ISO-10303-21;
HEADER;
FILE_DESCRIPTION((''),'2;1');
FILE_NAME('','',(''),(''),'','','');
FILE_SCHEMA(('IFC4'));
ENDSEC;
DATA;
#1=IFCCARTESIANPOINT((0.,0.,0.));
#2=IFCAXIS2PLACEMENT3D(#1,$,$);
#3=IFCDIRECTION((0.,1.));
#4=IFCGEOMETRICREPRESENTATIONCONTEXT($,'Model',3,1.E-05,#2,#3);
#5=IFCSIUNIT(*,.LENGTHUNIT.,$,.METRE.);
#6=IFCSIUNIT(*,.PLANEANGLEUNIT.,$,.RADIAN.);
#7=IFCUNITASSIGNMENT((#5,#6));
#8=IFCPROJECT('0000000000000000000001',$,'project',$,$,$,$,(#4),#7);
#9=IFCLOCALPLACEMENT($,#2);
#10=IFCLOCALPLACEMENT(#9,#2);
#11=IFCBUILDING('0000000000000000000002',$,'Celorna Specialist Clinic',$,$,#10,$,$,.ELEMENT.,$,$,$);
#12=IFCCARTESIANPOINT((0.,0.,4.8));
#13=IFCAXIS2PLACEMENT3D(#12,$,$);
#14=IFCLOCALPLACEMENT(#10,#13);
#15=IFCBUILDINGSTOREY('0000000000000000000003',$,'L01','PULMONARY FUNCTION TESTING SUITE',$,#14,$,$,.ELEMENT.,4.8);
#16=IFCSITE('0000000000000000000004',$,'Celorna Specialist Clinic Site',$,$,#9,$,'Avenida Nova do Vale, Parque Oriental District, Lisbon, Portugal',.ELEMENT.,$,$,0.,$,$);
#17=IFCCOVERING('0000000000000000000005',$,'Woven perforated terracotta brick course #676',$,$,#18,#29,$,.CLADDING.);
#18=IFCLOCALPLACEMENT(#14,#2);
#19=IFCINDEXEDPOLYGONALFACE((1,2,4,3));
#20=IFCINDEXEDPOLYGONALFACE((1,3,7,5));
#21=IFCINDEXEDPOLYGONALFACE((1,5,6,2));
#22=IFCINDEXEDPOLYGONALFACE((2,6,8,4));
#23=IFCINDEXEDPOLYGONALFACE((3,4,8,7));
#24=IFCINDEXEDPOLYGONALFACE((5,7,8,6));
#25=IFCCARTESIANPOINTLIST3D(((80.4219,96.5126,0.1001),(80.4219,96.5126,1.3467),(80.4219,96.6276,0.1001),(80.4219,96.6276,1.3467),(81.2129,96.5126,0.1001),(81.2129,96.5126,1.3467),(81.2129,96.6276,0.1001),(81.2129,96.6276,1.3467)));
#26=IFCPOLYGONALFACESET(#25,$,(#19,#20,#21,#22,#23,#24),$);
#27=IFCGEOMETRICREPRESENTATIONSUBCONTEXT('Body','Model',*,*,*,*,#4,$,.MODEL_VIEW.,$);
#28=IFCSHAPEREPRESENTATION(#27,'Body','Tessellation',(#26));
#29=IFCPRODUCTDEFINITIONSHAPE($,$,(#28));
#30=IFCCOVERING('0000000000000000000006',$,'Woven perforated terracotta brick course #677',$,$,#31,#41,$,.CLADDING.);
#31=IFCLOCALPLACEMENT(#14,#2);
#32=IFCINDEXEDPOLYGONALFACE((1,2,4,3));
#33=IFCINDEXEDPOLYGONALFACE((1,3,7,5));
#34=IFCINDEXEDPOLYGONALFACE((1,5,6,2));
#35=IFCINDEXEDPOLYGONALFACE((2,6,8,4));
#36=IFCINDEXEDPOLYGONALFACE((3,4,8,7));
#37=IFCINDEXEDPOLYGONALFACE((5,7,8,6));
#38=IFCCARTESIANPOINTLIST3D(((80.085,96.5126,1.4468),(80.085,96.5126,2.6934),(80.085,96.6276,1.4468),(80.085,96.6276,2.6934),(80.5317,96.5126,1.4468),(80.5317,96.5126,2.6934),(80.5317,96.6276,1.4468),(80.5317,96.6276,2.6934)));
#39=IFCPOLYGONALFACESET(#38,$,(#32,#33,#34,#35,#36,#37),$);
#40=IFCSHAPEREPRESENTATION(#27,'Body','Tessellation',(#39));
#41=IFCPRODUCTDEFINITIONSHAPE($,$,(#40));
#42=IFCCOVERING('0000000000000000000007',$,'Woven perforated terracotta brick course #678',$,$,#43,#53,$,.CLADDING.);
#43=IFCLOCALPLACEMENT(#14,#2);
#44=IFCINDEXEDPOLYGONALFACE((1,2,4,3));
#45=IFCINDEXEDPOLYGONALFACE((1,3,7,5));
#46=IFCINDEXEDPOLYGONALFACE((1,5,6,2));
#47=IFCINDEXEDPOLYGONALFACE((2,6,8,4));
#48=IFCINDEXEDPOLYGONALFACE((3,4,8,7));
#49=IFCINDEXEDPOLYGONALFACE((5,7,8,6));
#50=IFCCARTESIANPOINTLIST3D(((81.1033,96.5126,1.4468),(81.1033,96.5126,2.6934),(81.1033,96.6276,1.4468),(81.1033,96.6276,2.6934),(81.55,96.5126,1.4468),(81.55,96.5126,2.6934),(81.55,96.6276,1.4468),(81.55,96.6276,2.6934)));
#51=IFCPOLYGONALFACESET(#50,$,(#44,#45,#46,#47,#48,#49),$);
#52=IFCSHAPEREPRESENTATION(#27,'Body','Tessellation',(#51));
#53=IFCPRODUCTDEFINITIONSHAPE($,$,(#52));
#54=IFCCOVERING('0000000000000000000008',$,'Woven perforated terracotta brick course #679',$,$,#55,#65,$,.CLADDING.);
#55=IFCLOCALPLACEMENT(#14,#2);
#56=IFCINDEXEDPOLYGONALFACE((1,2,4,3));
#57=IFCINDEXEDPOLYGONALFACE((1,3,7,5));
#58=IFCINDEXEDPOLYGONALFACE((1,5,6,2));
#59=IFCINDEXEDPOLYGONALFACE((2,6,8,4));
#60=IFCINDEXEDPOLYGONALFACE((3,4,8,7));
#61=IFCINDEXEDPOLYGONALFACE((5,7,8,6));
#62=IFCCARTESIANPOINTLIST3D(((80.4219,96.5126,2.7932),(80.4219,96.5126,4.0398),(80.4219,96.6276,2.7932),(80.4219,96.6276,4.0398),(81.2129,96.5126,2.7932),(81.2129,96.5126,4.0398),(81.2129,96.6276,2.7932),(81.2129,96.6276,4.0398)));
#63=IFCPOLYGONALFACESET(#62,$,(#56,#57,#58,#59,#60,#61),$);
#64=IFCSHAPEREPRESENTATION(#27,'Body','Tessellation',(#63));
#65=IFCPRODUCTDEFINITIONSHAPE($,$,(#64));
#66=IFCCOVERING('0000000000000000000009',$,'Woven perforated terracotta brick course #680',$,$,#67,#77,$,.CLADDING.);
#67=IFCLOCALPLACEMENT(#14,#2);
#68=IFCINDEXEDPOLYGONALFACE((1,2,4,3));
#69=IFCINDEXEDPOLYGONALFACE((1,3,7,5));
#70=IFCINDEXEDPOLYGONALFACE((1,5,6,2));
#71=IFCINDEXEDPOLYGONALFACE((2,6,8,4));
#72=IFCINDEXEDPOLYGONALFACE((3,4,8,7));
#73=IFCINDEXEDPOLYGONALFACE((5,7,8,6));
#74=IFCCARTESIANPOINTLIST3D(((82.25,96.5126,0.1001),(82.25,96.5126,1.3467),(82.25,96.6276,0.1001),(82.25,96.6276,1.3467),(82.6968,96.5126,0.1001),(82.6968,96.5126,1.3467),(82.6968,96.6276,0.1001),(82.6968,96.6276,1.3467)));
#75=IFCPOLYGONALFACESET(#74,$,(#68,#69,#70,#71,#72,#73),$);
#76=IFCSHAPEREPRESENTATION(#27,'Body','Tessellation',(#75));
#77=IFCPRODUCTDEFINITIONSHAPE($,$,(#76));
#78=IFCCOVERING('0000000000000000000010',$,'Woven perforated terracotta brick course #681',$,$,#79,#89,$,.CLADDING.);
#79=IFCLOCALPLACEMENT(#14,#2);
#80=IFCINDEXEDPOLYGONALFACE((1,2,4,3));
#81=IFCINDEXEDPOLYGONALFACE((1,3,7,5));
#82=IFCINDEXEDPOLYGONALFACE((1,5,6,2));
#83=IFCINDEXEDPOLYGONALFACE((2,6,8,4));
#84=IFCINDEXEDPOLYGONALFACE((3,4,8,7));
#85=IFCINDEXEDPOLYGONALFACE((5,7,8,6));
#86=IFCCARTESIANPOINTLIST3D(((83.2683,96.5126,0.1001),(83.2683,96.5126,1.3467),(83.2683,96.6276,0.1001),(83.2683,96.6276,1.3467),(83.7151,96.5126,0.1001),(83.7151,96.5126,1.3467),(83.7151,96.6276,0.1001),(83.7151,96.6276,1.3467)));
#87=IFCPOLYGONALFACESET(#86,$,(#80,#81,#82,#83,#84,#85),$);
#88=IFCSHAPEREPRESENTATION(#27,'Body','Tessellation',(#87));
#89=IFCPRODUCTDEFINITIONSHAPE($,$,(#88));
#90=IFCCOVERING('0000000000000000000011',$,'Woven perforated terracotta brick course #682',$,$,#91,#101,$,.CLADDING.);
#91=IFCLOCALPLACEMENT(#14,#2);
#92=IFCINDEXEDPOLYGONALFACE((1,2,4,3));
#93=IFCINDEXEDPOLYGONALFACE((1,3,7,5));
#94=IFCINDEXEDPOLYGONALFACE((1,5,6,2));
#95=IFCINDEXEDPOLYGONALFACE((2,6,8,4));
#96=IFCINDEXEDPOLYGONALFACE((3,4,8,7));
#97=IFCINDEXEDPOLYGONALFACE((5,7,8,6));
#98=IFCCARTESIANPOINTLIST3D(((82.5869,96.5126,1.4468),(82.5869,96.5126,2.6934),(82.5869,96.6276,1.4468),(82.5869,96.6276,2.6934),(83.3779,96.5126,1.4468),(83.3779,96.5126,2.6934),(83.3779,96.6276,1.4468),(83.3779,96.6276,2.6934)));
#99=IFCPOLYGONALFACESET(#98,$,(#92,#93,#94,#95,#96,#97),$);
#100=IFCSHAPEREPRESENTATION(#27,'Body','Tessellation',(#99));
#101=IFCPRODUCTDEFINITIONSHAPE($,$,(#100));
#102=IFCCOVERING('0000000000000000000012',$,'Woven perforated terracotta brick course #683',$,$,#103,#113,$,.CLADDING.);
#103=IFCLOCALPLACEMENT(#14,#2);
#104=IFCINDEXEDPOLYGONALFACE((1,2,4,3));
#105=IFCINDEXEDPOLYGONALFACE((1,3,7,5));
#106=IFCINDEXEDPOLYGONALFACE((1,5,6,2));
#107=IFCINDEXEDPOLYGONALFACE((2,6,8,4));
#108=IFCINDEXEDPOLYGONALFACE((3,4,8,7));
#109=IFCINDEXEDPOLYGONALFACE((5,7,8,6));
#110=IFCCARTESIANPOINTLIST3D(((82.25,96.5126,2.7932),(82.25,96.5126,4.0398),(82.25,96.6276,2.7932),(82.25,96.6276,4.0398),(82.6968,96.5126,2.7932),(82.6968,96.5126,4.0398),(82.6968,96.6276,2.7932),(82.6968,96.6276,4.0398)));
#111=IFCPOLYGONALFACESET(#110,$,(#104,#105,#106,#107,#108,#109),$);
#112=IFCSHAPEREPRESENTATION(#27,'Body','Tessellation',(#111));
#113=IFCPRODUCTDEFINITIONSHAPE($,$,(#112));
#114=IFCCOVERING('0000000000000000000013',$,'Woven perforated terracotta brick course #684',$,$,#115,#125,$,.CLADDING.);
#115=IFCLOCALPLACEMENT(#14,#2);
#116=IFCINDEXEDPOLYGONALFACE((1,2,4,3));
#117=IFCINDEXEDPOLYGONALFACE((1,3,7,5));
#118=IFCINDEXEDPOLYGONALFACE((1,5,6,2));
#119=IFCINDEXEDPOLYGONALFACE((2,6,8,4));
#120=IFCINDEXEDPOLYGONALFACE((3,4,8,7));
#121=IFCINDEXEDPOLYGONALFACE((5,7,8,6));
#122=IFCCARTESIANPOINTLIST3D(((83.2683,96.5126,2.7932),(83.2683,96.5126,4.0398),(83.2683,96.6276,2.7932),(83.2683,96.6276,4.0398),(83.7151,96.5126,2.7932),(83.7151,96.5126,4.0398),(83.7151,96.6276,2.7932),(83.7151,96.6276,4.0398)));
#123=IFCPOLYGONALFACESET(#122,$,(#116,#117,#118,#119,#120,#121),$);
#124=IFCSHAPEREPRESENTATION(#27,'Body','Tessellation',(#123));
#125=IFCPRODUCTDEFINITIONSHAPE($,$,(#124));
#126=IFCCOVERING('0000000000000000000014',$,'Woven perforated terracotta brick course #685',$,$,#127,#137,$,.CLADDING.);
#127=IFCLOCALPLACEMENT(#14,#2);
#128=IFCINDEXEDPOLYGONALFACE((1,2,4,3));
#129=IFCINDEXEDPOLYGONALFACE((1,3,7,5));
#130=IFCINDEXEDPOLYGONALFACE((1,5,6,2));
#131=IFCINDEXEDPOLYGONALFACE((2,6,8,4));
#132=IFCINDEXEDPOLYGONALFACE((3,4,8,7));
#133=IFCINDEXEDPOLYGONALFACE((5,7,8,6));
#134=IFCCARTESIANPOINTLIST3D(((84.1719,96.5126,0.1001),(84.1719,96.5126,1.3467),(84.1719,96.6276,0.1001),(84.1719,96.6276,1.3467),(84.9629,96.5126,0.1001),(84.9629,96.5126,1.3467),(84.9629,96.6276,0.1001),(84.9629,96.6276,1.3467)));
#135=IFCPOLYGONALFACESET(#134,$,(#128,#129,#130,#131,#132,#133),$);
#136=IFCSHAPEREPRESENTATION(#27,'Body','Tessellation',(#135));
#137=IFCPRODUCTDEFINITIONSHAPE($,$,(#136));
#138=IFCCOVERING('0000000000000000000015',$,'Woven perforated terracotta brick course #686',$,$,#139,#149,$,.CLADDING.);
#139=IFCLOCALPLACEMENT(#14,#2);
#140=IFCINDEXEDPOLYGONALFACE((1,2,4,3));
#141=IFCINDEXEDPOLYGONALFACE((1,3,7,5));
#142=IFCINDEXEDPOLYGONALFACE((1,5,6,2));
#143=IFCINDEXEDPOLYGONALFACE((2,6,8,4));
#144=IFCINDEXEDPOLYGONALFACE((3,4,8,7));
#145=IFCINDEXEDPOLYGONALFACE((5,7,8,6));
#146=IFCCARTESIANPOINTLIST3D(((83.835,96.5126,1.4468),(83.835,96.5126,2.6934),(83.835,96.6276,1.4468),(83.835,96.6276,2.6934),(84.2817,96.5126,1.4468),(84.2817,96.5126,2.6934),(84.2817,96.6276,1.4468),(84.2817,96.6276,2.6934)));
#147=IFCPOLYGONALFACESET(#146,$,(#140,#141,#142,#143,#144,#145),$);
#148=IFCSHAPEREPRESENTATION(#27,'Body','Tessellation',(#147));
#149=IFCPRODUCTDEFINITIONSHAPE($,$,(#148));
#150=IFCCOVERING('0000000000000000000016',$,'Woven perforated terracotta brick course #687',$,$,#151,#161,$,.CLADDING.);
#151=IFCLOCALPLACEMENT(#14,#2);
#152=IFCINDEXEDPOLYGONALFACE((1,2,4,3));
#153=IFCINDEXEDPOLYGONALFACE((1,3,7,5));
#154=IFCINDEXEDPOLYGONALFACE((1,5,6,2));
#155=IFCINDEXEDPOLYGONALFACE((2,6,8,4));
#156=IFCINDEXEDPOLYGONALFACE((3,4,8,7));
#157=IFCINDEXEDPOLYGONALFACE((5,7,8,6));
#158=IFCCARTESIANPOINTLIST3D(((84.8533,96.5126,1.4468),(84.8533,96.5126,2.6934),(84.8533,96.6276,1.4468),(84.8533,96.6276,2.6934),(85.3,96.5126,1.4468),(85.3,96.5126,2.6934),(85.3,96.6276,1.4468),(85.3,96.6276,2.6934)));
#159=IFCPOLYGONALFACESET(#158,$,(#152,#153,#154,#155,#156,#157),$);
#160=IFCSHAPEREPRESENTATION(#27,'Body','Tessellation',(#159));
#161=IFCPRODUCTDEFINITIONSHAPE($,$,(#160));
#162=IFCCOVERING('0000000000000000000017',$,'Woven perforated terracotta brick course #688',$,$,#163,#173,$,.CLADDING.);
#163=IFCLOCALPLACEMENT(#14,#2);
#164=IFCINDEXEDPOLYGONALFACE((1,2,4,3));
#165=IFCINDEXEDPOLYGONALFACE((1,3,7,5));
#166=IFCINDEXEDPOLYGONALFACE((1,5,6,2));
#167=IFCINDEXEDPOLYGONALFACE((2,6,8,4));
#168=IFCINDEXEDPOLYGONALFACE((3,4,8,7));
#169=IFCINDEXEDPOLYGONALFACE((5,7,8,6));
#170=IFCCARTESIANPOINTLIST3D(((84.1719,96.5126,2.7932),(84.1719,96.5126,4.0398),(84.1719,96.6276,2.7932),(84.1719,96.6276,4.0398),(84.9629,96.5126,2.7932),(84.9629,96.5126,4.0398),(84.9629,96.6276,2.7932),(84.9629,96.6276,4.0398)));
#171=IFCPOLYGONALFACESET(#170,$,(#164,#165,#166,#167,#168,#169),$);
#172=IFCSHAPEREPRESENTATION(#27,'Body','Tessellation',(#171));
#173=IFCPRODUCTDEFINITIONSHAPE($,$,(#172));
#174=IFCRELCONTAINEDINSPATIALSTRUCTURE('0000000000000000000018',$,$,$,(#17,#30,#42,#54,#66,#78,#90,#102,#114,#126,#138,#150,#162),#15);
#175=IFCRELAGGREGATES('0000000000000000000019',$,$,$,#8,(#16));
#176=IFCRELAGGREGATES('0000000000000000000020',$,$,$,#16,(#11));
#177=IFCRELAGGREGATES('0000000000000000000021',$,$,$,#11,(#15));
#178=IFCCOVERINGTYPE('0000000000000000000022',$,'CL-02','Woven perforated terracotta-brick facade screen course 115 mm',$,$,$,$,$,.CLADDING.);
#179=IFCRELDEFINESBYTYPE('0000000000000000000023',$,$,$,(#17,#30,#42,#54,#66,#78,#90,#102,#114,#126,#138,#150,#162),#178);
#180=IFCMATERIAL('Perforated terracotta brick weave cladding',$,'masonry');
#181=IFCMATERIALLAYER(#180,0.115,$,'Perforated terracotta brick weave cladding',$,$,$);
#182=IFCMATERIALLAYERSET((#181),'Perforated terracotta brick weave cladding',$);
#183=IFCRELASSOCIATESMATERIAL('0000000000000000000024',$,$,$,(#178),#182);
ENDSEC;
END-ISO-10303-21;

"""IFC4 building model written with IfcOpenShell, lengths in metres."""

from ifc_helpers import new_model, si_unit, direction, frame, origin, origin_2d, place, context, subcontext, project, spatial, rectangle, extrude, material, layer, layer_set, type_object, element, save


model = new_model("IFC4")

# Units and contexts
model_context = context("Model", 3, precision=1e-05, world=origin(), true_north=direction((0.0, 1.0)))
body_context = subcontext(model_context, "Body", "Model", "MODEL_VIEW")
ifc_project = project(units=[si_unit("LENGTHUNIT", "METRE"), si_unit("PLANEANGLEUNIT", "RADIAN")], contexts=[model_context])

# Site, building, storey
site_placement = place(None, origin())
site = spatial("IfcSite", under=ifc_project, at=site_placement, Name="Celorna Specialist Clinic Site", LongName="Avenida Nova do Vale, Parque Oriental District, Lisbon, Portugal", CompositionType="ELEMENT", RefElevation=0.0)
building_placement = place(site_placement, origin())
building = spatial("IfcBuilding", under=site, at=building_placement, Name="Celorna Specialist Clinic", CompositionType="ELEMENT")
storey_placement = place(building_placement, frame((0.0, 0.0, 4.8)))
storey = spatial("IfcBuildingStorey", under=building, at=storey_placement, Name="L01", Description="PULMONARY FUNCTION TESTING SUITE", CompositionType="ELEMENT", Elevation=4.8)

# Coverings
ifc_material_1 = material(Name="Perforated terracotta brick weave cladding", Category="masonry")
ifc_layer_1 = layer(ifc_material_1, 0.115, Name="Perforated terracotta brick weave cladding")
ifc_layer_set_1 = layer_set([ifc_layer_1], Name="Perforated terracotta brick weave cladding")
covering_type = type_object("IfcCoveringType", Name="CL-02", Description="Woven perforated terracotta-brick facade screen course 115 mm", PredefinedType="CLADDING", material=ifc_layer_set_1)
covering_1_placement = place(storey_placement, frame((80.8174, 96.5701, 0.1001), z_axis=(0.0, 0.0, 1.0), x_axis=(1.0, 0.0, 0.0)))
element("IfcCovering", 1, at=covering_1_placement, inside=storey, type_object=covering_type, Name="Woven perforated terracotta brick course #676", PredefinedType="CLADDING", context=body_context, shape_type="SweptSolid", body=[
    extrude(rectangle(XDim=0.791, YDim=0.115, at=origin_2d()), origin(), (0.0, 0.0, 1.0), 1.2466),
])
for number, where, z_axis, x_axis, name in (
    (2, (80.3083, 96.5701, 1.4468), (0.0, 0.0, 1.0), (1.0, 0.0, 0.0), "Woven perforated terracotta brick course #677"),
    (3, (81.3267, 96.5701, 1.4468), (0.0, 0.0, 1.0), (1.0, 0.0, 0.0), "Woven perforated terracotta brick course #678"),
):
    element("IfcCovering", number, at=place(storey_placement, frame(where, z_axis=z_axis, x_axis=x_axis)), inside=storey, type_object=covering_type, Name=name, PredefinedType="CLADDING", context=body_context, shape_type="SweptSolid", body=[
        extrude(rectangle(XDim=0.4468, YDim=0.115, at=origin_2d()), origin(), (0.0, 0.0, 1.0), 1.2466),
    ])
covering_2_placement = place(storey_placement, frame((80.8174, 96.5701, 2.7932), z_axis=(0.0, 0.0, 1.0), x_axis=(1.0, 0.0, 0.0)))
element("IfcCovering", 4, at=covering_2_placement, inside=storey, type_object=covering_type, Name="Woven perforated terracotta brick course #679", PredefinedType="CLADDING", context=body_context, shape_type="SweptSolid", body=[
    extrude(rectangle(XDim=0.791, YDim=0.115, at=origin_2d()), origin(), (0.0, 0.0, 1.0), 1.2466),
])
for number, where, z_axis, x_axis, name in (
    (5, (82.4734, 96.5701, 0.1001), (0.0, 0.0, 1.0), (1.0, 0.0, 0.0), "Woven perforated terracotta brick course #680"),
    (6, (83.4917, 96.5701, 0.1001), (0.0, 0.0, 1.0), (1.0, 0.0, 0.0), "Woven perforated terracotta brick course #681"),
):
    element("IfcCovering", number, at=place(storey_placement, frame(where, z_axis=z_axis, x_axis=x_axis)), inside=storey, type_object=covering_type, Name=name, PredefinedType="CLADDING", context=body_context, shape_type="SweptSolid", body=[
        extrude(rectangle(XDim=0.4468, YDim=0.115, at=origin_2d()), origin(), (0.0, 0.0, 1.0), 1.2466),
    ])
covering_3_placement = place(storey_placement, frame((82.9824, 96.5701, 1.4468), z_axis=(0.0, 0.0, 1.0), x_axis=(1.0, 0.0, 0.0)))
element("IfcCovering", 7, at=covering_3_placement, inside=storey, type_object=covering_type, Name="Woven perforated terracotta brick course #682", PredefinedType="CLADDING", context=body_context, shape_type="SweptSolid", body=[
    extrude(rectangle(XDim=0.791, YDim=0.115, at=origin_2d()), origin(), (0.0, 0.0, 1.0), 1.2466),
])
for number, where, z_axis, x_axis, name in (
    (8, (82.4734, 96.5701, 2.7932), (0.0, 0.0, 1.0), (1.0, 0.0, 0.0), "Woven perforated terracotta brick course #683"),
    (9, (83.4917, 96.5701, 2.7932), (0.0, 0.0, 1.0), (1.0, 0.0, 0.0), "Woven perforated terracotta brick course #684"),
):
    element("IfcCovering", number, at=place(storey_placement, frame(where, z_axis=z_axis, x_axis=x_axis)), inside=storey, type_object=covering_type, Name=name, PredefinedType="CLADDING", context=body_context, shape_type="SweptSolid", body=[
        extrude(rectangle(XDim=0.4468, YDim=0.115, at=origin_2d()), origin(), (0.0, 0.0, 1.0), 1.2466),
    ])
covering_4_placement = place(storey_placement, frame((84.5674, 96.5701, 0.1001), z_axis=(0.0, 0.0, 1.0), x_axis=(1.0, 0.0, 0.0)))
element("IfcCovering", 10, at=covering_4_placement, inside=storey, type_object=covering_type, Name="Woven perforated terracotta brick course #685", PredefinedType="CLADDING", context=body_context, shape_type="SweptSolid", body=[
    extrude(rectangle(XDim=0.791, YDim=0.115, at=origin_2d()), origin(), (0.0, 0.0, 1.0), 1.2466),
])
for number, where, z_axis, x_axis, name in (
    (11, (84.0583, 96.5701, 1.4468), (0.0, 0.0, 1.0), (1.0, 0.0, 0.0), "Woven perforated terracotta brick course #686"),
    (12, (85.0767, 96.5701, 1.4468), (0.0, 0.0, 1.0), (1.0, 0.0, 0.0), "Woven perforated terracotta brick course #687"),
):
    element("IfcCovering", number, at=place(storey_placement, frame(where, z_axis=z_axis, x_axis=x_axis)), inside=storey, type_object=covering_type, Name=name, PredefinedType="CLADDING", context=body_context, shape_type="SweptSolid", body=[
        extrude(rectangle(XDim=0.4468, YDim=0.115, at=origin_2d()), origin(), (0.0, 0.0, 1.0), 1.2466),
    ])
covering_5_placement = place(storey_placement, frame((84.5674, 96.5701, 2.7932), z_axis=(0.0, 0.0, 1.0), x_axis=(1.0, 0.0, 0.0)))
element("IfcCovering", 13, at=covering_5_placement, inside=storey, type_object=covering_type, Name="Woven perforated terracotta brick course #688", PredefinedType="CLADDING", context=body_context, shape_type="SweptSolid", body=[
    extrude(rectangle(XDim=0.791, YDim=0.115, at=origin_2d()), origin(), (0.0, 0.0, 1.0), 1.2466),
])

save(model, "model.ifc")
